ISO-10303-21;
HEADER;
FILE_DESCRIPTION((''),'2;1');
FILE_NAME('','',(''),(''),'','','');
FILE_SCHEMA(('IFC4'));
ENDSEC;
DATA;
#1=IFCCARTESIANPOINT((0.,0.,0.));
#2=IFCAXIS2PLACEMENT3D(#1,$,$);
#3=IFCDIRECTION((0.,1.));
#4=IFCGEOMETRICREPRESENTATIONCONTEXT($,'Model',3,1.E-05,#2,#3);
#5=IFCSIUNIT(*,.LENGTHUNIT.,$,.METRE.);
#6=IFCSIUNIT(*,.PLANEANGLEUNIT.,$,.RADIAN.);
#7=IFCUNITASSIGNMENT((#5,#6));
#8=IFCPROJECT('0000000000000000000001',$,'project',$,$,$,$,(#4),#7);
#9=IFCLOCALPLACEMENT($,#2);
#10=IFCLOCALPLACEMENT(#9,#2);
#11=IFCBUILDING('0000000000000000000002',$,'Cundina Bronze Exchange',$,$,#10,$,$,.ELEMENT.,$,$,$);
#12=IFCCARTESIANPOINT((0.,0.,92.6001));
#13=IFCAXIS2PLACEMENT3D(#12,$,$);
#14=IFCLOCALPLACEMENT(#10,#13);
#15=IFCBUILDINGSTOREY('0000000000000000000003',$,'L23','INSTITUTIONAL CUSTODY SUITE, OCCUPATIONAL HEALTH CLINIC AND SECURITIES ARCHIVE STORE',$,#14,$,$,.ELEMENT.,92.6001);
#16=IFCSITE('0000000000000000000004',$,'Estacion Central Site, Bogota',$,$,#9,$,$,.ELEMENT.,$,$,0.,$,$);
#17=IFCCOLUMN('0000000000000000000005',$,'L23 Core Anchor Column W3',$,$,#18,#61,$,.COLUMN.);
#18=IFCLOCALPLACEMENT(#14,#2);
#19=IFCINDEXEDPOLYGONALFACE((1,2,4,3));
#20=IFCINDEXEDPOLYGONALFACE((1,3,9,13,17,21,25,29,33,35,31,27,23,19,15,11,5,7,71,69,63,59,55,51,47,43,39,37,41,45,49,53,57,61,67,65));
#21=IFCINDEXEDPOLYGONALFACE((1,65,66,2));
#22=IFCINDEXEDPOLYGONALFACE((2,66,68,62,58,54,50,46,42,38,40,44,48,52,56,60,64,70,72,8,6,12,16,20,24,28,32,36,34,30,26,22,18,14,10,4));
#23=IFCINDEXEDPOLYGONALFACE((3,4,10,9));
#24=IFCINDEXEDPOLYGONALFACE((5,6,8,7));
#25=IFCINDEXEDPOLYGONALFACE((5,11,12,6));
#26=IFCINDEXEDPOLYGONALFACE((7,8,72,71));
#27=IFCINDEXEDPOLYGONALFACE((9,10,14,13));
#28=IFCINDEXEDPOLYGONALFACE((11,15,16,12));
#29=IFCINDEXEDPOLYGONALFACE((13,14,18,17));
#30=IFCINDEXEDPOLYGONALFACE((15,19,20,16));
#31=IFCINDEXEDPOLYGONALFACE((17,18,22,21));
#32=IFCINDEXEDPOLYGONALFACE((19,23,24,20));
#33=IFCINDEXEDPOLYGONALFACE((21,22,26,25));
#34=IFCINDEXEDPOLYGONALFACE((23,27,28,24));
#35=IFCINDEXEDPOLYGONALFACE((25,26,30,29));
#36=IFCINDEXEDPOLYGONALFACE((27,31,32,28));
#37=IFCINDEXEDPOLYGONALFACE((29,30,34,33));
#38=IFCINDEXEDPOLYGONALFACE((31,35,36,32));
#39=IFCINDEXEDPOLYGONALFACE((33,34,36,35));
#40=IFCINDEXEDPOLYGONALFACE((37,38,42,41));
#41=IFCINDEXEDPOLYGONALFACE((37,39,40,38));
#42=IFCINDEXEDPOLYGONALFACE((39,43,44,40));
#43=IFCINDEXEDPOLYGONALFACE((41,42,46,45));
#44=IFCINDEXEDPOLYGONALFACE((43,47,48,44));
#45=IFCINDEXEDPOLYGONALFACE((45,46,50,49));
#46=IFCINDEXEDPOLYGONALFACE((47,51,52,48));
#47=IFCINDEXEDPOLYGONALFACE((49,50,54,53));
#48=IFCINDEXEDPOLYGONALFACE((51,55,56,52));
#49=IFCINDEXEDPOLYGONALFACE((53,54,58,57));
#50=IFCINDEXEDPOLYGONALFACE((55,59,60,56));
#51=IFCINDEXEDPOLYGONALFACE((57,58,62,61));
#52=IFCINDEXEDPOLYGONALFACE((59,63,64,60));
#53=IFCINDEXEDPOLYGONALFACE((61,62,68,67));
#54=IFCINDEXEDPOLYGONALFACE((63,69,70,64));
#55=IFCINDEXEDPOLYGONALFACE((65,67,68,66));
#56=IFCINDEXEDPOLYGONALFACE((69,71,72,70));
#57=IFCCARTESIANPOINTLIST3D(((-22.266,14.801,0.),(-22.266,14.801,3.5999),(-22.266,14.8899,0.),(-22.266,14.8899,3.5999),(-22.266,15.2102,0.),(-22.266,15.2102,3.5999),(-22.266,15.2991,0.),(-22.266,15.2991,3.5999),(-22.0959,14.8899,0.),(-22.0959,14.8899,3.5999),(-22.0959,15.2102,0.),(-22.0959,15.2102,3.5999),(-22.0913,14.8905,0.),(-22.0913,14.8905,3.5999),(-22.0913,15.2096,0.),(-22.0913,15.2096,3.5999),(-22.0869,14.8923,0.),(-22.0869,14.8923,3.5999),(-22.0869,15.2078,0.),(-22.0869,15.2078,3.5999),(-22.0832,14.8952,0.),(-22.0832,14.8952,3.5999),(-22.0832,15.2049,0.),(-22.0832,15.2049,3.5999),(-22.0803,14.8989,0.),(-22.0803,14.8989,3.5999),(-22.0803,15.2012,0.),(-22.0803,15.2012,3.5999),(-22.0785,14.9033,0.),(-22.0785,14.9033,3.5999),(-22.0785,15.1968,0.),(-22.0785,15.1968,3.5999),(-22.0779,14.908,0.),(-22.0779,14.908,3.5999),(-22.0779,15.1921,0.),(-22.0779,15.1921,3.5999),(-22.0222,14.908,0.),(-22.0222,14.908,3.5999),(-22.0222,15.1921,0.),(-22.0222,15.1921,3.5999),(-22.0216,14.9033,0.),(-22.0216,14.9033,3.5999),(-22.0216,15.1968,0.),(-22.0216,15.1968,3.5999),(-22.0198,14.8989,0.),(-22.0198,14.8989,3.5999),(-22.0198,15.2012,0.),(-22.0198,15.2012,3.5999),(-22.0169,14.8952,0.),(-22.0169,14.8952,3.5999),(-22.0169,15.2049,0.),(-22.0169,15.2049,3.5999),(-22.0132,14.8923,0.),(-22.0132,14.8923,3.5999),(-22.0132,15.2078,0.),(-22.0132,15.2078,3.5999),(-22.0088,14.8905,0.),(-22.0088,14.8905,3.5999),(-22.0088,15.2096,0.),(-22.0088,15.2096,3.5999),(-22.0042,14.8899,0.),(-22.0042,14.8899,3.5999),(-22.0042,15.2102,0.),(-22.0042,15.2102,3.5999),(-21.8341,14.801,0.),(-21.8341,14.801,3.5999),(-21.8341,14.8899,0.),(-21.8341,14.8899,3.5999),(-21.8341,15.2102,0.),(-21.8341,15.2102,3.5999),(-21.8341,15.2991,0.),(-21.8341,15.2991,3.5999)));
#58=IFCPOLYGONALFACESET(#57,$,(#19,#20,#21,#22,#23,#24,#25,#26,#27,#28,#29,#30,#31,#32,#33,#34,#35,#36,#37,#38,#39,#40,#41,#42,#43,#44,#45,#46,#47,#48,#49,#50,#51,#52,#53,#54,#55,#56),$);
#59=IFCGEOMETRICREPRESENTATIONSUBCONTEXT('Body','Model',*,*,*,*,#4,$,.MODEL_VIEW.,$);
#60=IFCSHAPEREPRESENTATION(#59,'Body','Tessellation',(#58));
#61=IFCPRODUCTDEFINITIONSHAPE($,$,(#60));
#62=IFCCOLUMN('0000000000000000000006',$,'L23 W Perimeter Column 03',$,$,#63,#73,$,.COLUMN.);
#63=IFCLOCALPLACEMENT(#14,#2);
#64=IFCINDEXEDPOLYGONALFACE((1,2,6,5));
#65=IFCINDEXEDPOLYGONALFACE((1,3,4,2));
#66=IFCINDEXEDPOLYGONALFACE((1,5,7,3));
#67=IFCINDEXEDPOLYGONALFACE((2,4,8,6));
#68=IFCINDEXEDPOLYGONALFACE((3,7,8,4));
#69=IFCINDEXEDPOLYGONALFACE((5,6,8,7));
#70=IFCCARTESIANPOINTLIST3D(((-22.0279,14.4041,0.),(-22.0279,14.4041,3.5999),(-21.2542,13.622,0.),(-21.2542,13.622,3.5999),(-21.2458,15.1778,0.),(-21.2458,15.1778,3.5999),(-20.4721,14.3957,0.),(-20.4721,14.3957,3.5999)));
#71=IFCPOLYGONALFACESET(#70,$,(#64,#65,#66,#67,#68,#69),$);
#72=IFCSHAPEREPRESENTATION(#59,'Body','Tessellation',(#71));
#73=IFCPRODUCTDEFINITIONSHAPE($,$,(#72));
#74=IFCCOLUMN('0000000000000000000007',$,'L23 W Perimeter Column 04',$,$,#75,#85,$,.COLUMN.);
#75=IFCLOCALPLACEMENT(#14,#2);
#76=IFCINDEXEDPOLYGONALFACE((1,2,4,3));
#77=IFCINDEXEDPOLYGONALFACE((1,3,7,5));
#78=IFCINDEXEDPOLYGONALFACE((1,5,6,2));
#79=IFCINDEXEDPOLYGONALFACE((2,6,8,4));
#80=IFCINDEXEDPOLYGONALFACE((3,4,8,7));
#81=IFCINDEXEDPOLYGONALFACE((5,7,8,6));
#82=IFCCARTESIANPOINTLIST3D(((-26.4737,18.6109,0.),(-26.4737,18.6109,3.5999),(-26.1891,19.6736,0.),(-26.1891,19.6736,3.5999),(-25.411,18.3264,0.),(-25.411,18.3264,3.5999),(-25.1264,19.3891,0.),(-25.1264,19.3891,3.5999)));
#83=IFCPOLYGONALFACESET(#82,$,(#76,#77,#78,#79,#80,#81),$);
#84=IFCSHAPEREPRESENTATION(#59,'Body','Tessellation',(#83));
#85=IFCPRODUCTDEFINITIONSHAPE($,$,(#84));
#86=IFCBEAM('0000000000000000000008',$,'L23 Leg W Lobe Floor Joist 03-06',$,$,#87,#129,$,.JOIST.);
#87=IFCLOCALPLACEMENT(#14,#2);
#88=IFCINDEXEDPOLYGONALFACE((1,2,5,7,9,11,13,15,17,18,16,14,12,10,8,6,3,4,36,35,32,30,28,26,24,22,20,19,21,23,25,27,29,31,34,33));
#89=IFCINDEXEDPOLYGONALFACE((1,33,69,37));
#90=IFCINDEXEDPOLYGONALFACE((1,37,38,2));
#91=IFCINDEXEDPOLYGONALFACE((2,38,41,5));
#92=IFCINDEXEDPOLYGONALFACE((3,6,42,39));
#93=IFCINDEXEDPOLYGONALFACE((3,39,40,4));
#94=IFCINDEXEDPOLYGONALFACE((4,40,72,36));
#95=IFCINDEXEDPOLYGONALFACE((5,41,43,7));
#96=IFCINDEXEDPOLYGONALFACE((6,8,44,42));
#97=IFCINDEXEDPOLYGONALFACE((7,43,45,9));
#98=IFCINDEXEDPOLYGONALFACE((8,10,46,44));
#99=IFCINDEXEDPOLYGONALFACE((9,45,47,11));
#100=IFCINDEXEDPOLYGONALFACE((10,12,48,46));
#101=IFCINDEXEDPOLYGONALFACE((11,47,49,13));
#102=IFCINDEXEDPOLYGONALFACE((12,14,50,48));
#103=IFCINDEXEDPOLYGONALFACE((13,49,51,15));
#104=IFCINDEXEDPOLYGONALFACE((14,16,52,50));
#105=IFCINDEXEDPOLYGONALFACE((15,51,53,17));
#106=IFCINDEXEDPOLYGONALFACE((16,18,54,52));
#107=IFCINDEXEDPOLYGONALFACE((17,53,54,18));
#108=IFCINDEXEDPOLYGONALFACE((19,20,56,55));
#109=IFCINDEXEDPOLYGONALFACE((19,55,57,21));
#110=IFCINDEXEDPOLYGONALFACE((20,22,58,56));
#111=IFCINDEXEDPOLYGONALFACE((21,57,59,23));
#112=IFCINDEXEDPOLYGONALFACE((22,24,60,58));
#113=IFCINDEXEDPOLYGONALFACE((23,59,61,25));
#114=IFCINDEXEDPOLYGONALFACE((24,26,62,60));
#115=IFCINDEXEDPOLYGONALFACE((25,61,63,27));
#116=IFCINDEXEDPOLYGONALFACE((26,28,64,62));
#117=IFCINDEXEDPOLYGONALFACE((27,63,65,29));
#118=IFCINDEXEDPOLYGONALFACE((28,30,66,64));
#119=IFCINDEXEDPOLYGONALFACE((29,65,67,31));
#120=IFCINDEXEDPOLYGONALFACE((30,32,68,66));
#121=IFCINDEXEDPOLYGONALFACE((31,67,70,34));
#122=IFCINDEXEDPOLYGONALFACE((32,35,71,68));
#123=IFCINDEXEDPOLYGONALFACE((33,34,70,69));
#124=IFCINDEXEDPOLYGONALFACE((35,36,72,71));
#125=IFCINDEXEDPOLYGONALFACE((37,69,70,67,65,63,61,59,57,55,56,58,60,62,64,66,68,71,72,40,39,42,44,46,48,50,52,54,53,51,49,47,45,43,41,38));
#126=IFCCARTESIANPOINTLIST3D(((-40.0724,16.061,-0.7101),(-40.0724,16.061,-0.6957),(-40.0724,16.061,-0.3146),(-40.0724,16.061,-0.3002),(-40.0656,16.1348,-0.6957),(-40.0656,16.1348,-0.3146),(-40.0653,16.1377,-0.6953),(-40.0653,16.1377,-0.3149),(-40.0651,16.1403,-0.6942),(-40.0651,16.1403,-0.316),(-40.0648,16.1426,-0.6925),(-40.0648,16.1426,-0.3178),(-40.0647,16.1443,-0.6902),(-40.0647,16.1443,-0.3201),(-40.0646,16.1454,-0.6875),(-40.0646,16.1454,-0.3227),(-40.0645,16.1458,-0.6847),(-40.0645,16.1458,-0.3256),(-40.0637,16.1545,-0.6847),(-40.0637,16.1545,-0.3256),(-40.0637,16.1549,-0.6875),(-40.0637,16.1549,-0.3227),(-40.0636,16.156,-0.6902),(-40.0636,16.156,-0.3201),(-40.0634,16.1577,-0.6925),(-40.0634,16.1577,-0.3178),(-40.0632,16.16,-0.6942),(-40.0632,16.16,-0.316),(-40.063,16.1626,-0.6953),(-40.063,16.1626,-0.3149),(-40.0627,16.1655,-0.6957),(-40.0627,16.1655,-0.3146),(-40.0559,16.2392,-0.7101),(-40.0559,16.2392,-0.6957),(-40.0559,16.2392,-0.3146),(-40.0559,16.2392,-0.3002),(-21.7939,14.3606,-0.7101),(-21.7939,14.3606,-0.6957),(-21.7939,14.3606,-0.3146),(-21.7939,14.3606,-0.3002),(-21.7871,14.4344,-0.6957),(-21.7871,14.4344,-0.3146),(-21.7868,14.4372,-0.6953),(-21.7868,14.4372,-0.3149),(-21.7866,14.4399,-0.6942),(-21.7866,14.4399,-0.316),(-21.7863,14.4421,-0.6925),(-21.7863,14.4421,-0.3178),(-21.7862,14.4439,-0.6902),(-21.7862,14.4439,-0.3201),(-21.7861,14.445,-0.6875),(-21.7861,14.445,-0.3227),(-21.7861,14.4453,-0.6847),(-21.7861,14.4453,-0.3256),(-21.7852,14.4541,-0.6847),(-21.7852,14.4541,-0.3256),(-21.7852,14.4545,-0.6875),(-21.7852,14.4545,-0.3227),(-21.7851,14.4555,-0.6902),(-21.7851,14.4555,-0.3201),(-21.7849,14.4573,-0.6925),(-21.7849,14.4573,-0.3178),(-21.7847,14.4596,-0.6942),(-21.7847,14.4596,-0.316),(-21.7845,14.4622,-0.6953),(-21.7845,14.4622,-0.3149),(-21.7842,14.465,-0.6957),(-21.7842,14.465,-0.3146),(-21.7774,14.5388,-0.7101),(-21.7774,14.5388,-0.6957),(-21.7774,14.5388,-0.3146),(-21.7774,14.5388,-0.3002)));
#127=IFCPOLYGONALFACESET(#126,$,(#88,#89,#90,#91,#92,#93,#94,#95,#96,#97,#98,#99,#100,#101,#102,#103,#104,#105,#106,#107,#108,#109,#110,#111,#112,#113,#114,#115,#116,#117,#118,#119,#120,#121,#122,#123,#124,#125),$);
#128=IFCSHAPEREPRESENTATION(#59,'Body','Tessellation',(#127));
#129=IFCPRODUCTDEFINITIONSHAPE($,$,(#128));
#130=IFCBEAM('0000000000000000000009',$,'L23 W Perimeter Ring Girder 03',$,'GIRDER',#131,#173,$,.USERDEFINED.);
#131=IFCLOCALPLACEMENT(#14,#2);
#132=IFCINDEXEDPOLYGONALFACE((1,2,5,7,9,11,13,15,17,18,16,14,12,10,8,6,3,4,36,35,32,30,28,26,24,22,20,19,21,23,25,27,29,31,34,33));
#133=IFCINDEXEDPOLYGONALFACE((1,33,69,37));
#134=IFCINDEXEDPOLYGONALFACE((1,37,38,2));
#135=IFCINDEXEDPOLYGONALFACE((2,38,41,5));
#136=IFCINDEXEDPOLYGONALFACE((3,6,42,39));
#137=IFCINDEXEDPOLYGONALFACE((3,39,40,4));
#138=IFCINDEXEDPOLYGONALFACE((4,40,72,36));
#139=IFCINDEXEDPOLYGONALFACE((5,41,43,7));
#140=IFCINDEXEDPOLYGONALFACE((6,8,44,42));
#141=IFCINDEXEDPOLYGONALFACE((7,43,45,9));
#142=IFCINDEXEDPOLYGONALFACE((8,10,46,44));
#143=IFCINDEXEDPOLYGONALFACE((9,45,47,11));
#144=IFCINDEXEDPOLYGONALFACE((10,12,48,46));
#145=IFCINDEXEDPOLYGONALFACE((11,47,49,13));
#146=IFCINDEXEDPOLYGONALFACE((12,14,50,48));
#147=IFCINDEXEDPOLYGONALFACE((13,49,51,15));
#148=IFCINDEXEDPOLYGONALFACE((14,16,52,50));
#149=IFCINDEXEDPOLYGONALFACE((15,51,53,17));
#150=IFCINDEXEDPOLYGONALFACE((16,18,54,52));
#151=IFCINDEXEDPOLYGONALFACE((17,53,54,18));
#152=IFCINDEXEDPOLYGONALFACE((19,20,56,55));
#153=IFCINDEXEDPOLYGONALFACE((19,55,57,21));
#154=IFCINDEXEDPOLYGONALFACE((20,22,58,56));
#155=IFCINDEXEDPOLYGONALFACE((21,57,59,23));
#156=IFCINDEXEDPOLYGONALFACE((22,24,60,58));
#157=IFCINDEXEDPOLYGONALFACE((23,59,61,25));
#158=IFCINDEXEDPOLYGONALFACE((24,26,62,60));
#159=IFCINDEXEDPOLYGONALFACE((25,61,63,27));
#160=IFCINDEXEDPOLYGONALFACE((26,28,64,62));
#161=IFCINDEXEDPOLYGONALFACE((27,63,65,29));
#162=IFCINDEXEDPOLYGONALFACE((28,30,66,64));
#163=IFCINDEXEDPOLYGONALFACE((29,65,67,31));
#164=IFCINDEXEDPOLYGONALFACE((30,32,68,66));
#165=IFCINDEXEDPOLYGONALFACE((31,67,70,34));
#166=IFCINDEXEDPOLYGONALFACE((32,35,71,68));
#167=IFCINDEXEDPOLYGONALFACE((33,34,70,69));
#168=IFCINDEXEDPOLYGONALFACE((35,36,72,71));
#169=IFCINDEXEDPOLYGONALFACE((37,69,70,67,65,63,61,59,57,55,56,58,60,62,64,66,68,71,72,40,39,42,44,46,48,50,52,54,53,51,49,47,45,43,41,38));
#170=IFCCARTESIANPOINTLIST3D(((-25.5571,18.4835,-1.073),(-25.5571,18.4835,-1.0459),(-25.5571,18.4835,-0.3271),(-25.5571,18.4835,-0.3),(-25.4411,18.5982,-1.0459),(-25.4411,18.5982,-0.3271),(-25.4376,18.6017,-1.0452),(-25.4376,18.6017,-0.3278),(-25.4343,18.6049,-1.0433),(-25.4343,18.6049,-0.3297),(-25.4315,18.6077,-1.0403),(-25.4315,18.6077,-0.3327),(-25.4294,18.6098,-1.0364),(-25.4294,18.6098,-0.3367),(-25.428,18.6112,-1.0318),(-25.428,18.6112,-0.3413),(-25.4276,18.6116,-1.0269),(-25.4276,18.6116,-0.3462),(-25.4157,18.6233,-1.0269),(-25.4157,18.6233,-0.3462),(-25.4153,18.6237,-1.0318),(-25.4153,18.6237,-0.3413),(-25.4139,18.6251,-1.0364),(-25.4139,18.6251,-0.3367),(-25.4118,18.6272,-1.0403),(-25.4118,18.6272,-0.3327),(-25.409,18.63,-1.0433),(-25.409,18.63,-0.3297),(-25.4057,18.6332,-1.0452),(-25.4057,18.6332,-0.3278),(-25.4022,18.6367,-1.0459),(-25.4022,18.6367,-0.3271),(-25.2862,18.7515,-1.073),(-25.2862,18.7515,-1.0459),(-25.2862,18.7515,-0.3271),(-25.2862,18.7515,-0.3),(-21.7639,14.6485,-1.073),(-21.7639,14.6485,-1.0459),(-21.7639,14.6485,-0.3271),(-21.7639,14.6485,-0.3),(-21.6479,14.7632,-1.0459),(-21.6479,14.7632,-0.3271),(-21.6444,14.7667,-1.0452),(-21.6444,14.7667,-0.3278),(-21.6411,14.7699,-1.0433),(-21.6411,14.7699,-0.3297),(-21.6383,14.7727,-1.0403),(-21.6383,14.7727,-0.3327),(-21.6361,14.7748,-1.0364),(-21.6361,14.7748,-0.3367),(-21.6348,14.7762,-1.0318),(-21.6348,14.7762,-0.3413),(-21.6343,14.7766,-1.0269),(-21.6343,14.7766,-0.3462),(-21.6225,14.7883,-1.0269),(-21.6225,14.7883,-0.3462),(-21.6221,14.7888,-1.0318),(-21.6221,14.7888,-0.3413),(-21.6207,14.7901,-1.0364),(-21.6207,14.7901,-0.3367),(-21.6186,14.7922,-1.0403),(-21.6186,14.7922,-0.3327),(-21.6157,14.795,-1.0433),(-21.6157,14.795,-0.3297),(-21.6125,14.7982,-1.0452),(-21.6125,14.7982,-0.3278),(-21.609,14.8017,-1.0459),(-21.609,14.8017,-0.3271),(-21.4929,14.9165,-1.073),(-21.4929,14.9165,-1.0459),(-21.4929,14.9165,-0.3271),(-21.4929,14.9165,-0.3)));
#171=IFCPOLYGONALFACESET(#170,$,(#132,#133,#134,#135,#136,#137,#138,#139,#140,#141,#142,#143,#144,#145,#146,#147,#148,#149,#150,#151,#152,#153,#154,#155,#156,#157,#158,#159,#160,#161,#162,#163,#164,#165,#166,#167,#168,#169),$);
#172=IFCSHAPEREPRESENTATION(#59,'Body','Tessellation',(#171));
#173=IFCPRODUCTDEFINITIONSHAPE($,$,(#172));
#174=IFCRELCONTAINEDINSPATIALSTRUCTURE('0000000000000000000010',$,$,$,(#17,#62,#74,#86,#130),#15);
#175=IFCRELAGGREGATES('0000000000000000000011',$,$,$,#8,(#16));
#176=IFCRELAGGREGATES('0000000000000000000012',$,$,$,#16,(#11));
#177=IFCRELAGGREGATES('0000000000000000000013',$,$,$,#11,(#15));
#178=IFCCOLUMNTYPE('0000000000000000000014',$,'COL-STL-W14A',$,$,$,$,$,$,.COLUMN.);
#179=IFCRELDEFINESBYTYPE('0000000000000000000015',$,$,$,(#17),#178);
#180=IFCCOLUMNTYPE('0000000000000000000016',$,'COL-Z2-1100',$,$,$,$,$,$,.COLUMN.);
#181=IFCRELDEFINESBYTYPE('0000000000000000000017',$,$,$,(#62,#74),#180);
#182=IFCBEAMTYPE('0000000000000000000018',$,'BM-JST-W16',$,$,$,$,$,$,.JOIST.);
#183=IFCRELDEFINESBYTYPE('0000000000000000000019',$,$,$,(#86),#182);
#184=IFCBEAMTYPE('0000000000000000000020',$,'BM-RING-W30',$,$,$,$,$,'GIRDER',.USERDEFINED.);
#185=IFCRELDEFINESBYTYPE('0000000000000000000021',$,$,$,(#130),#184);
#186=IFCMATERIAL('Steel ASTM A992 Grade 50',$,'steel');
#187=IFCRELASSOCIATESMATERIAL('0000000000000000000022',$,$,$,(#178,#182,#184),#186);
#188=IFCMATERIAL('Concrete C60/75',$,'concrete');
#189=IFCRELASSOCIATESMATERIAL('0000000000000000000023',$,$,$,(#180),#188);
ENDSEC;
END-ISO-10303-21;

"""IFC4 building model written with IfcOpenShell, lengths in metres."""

from ifc_helpers import new_model, si_unit, direction, frame, origin, origin_2d, place, context, subcontext, project, spatial, rectangle, i_section, extrude, material, material_profile, profile_set, type_object, element, save


model = new_model("IFC4")

# Units and contexts
model_context = context("Model", 3, precision=1e-05, world=origin(), true_north=direction((0.0, 1.0)))
body_context = subcontext(model_context, "Body", "Model", "MODEL_VIEW")
ifc_project = project(units=[si_unit("LENGTHUNIT", "METRE"), si_unit("PLANEANGLEUNIT", "RADIAN")], contexts=[model_context])

# Site, building, storey
site_placement = place(None, origin())
site = spatial("IfcSite", under=ifc_project, at=site_placement, Name="Estacion Central Site, Bogota", CompositionType="ELEMENT", RefElevation=0.0)
building_placement = place(site_placement, origin())
building = spatial("IfcBuilding", under=site, at=building_placement, Name="Cundina Bronze Exchange", CompositionType="ELEMENT")
storey_placement = place(building_placement, frame((0.0, 0.0, 92.6001)))
storey = spatial("IfcBuildingStorey", under=building, at=storey_placement, Name="L23", Description="INSTITUTIONAL CUSTODY SUITE, OCCUPATIONAL HEALTH CLINIC AND SECURITIES ARCHIVE STORE", CompositionType="ELEMENT", Elevation=92.6001)

# Columns
ifc_material_1 = material(Name="Steel ASTM A992 Grade 50", Category="steel")
ifc_material_profile_1 = material_profile(ifc_material_1, i_section(OverallWidth=0.4319, OverallDepth=0.498, WebThickness=0.0557, FlangeThickness=0.0889, FilletRadius=0.0181, at=origin_2d()), Name="W14X500", Category="steel")
ifc_profile_set_1 = profile_set([ifc_material_profile_1], Name="Steel ASTM A992 Grade 50")
column_type_1 = type_object("IfcColumnType", Name="COL-STL-W14A", PredefinedType="COLUMN", material=ifc_profile_set_1)
column_placement = place(storey_placement, frame((-22.05, 15.05, 0.0), z_axis=(0.0, 0.0, 1.0), x_axis=(1.0, 0.0, 0.0)))
element("IfcColumn", 1, at=column_placement, inside=storey, type_object=column_type_1, Name="L23 Core Anchor Column W3", PredefinedType="COLUMN", context=body_context, shape_type="SweptSolid", body=[
    extrude(i_section(OverallWidth=0.4319, OverallDepth=0.498, WebThickness=0.0557, FlangeThickness=0.0889, FilletRadius=0.0181, at=origin_2d()), origin(), (0.0, 0.0, 1.0), 3.5999),
])
ifc_material_2 = material(Name="Concrete C60/75", Category="concrete")
ifc_material_profile_2 = material_profile(ifc_material_2, rectangle(XDim=1.1001, YDim=1.1001, at=origin_2d()), Name="RC1100X1100", Category="concrete")
ifc_profile_set_2 = profile_set([ifc_material_profile_2], Name="Concrete C60/75")
column_type_2 = type_object("IfcColumnType", Name="COL-Z2-1100", PredefinedType="COLUMN", material=ifc_profile_set_2)
for number, where, z_axis, x_axis, name in (
    (2, (-21.25, 14.3999, 0.0), (0.0, 0.0, 1.0), (-0.703271, 0.710922, 0.0), "L23 W Perimeter Column 03"),
    (3, (-25.8, 19.0, 0.0), (0.0, 0.0, 1.0), (-0.965971, 0.25865, 0.0), "L23 W Perimeter Column 04"),
):
    element("IfcColumn", number, at=place(storey_placement, frame(where, z_axis=z_axis, x_axis=x_axis)), inside=storey, type_object=column_type_2, Name=name, PredefinedType="COLUMN", context=body_context, shape_type="SweptSolid", body=[
        extrude(rectangle(XDim=1.1001, YDim=1.1001, at=origin_2d()), origin(), (0.0, 0.0, 1.0), 3.5999),
    ])

# Beams
ifc_material_profile_3 = material_profile(ifc_material_1, i_section(OverallWidth=0.179, OverallDepth=0.4099, WebThickness=0.0088, FlangeThickness=0.0144, FilletRadius=0.011, at=origin_2d()), Name="W16X45", Category="steel")
ifc_profile_set_3 = profile_set([ifc_material_profile_3], Name="Steel ASTM A992 Grade 50")
beam_type_1 = type_object("IfcBeamType", Name="BM-JST-W16", PredefinedType="JOIST", material=ifc_profile_set_3)
beam_1_placement = place(storey_placement, frame((-21.7856, 14.4497, -0.5051), z_axis=(-0.995701, 0.092629, 0.0), x_axis=(-0.092629, -0.995701, 0.0)))
element("IfcBeam", 4, at=beam_1_placement, inside=storey, type_object=beam_type_1, Name="L23 Leg W Lobe Floor Joist 03-06", PredefinedType="JOIST", context=body_context, shape_type="SweptSolid", body=[
    extrude(i_section(OverallWidth=0.179, OverallDepth=0.4099, WebThickness=0.0088, FlangeThickness=0.0144, FilletRadius=0.011, at=origin_2d()), origin(), (0.0, 0.0, 1.0), 18.3574),
])
ifc_material_profile_4 = material_profile(ifc_material_1, i_section(OverallWidth=0.3811, OverallDepth=0.7729, WebThickness=0.0166, FlangeThickness=0.0271, FilletRadius=0.019, at=origin_2d()), Name="W30X173", Category="steel")
ifc_profile_set_4 = profile_set([ifc_material_profile_4], Name="Steel ASTM A992 Grade 50")
beam_type_2 = type_object("IfcBeamType", Name="BM-RING-W30", ElementType="GIRDER", PredefinedType="USERDEFINED", material=ifc_profile_set_4)
beam_2_placement = place(storey_placement, frame((-21.6284, 14.7825, -0.6865), z_axis=(-0.703226, 0.710966, 0.0), x_axis=(-0.710966, -0.703226, 0.0)))
element("IfcBeam", 5, at=beam_2_placement, inside=storey, type_object=beam_type_2, Name="L23 W Perimeter Ring Girder 03", ObjectType="GIRDER", PredefinedType="USERDEFINED", context=body_context, shape_type="SweptSolid", body=[
    extrude(i_section(OverallWidth=0.3811, OverallDepth=0.7729, WebThickness=0.0166, FlangeThickness=0.0271, FilletRadius=0.019, at=origin_2d()), origin(), (0.0, 0.0, 1.0), 5.394),
])

save(model, "model.ifc")
